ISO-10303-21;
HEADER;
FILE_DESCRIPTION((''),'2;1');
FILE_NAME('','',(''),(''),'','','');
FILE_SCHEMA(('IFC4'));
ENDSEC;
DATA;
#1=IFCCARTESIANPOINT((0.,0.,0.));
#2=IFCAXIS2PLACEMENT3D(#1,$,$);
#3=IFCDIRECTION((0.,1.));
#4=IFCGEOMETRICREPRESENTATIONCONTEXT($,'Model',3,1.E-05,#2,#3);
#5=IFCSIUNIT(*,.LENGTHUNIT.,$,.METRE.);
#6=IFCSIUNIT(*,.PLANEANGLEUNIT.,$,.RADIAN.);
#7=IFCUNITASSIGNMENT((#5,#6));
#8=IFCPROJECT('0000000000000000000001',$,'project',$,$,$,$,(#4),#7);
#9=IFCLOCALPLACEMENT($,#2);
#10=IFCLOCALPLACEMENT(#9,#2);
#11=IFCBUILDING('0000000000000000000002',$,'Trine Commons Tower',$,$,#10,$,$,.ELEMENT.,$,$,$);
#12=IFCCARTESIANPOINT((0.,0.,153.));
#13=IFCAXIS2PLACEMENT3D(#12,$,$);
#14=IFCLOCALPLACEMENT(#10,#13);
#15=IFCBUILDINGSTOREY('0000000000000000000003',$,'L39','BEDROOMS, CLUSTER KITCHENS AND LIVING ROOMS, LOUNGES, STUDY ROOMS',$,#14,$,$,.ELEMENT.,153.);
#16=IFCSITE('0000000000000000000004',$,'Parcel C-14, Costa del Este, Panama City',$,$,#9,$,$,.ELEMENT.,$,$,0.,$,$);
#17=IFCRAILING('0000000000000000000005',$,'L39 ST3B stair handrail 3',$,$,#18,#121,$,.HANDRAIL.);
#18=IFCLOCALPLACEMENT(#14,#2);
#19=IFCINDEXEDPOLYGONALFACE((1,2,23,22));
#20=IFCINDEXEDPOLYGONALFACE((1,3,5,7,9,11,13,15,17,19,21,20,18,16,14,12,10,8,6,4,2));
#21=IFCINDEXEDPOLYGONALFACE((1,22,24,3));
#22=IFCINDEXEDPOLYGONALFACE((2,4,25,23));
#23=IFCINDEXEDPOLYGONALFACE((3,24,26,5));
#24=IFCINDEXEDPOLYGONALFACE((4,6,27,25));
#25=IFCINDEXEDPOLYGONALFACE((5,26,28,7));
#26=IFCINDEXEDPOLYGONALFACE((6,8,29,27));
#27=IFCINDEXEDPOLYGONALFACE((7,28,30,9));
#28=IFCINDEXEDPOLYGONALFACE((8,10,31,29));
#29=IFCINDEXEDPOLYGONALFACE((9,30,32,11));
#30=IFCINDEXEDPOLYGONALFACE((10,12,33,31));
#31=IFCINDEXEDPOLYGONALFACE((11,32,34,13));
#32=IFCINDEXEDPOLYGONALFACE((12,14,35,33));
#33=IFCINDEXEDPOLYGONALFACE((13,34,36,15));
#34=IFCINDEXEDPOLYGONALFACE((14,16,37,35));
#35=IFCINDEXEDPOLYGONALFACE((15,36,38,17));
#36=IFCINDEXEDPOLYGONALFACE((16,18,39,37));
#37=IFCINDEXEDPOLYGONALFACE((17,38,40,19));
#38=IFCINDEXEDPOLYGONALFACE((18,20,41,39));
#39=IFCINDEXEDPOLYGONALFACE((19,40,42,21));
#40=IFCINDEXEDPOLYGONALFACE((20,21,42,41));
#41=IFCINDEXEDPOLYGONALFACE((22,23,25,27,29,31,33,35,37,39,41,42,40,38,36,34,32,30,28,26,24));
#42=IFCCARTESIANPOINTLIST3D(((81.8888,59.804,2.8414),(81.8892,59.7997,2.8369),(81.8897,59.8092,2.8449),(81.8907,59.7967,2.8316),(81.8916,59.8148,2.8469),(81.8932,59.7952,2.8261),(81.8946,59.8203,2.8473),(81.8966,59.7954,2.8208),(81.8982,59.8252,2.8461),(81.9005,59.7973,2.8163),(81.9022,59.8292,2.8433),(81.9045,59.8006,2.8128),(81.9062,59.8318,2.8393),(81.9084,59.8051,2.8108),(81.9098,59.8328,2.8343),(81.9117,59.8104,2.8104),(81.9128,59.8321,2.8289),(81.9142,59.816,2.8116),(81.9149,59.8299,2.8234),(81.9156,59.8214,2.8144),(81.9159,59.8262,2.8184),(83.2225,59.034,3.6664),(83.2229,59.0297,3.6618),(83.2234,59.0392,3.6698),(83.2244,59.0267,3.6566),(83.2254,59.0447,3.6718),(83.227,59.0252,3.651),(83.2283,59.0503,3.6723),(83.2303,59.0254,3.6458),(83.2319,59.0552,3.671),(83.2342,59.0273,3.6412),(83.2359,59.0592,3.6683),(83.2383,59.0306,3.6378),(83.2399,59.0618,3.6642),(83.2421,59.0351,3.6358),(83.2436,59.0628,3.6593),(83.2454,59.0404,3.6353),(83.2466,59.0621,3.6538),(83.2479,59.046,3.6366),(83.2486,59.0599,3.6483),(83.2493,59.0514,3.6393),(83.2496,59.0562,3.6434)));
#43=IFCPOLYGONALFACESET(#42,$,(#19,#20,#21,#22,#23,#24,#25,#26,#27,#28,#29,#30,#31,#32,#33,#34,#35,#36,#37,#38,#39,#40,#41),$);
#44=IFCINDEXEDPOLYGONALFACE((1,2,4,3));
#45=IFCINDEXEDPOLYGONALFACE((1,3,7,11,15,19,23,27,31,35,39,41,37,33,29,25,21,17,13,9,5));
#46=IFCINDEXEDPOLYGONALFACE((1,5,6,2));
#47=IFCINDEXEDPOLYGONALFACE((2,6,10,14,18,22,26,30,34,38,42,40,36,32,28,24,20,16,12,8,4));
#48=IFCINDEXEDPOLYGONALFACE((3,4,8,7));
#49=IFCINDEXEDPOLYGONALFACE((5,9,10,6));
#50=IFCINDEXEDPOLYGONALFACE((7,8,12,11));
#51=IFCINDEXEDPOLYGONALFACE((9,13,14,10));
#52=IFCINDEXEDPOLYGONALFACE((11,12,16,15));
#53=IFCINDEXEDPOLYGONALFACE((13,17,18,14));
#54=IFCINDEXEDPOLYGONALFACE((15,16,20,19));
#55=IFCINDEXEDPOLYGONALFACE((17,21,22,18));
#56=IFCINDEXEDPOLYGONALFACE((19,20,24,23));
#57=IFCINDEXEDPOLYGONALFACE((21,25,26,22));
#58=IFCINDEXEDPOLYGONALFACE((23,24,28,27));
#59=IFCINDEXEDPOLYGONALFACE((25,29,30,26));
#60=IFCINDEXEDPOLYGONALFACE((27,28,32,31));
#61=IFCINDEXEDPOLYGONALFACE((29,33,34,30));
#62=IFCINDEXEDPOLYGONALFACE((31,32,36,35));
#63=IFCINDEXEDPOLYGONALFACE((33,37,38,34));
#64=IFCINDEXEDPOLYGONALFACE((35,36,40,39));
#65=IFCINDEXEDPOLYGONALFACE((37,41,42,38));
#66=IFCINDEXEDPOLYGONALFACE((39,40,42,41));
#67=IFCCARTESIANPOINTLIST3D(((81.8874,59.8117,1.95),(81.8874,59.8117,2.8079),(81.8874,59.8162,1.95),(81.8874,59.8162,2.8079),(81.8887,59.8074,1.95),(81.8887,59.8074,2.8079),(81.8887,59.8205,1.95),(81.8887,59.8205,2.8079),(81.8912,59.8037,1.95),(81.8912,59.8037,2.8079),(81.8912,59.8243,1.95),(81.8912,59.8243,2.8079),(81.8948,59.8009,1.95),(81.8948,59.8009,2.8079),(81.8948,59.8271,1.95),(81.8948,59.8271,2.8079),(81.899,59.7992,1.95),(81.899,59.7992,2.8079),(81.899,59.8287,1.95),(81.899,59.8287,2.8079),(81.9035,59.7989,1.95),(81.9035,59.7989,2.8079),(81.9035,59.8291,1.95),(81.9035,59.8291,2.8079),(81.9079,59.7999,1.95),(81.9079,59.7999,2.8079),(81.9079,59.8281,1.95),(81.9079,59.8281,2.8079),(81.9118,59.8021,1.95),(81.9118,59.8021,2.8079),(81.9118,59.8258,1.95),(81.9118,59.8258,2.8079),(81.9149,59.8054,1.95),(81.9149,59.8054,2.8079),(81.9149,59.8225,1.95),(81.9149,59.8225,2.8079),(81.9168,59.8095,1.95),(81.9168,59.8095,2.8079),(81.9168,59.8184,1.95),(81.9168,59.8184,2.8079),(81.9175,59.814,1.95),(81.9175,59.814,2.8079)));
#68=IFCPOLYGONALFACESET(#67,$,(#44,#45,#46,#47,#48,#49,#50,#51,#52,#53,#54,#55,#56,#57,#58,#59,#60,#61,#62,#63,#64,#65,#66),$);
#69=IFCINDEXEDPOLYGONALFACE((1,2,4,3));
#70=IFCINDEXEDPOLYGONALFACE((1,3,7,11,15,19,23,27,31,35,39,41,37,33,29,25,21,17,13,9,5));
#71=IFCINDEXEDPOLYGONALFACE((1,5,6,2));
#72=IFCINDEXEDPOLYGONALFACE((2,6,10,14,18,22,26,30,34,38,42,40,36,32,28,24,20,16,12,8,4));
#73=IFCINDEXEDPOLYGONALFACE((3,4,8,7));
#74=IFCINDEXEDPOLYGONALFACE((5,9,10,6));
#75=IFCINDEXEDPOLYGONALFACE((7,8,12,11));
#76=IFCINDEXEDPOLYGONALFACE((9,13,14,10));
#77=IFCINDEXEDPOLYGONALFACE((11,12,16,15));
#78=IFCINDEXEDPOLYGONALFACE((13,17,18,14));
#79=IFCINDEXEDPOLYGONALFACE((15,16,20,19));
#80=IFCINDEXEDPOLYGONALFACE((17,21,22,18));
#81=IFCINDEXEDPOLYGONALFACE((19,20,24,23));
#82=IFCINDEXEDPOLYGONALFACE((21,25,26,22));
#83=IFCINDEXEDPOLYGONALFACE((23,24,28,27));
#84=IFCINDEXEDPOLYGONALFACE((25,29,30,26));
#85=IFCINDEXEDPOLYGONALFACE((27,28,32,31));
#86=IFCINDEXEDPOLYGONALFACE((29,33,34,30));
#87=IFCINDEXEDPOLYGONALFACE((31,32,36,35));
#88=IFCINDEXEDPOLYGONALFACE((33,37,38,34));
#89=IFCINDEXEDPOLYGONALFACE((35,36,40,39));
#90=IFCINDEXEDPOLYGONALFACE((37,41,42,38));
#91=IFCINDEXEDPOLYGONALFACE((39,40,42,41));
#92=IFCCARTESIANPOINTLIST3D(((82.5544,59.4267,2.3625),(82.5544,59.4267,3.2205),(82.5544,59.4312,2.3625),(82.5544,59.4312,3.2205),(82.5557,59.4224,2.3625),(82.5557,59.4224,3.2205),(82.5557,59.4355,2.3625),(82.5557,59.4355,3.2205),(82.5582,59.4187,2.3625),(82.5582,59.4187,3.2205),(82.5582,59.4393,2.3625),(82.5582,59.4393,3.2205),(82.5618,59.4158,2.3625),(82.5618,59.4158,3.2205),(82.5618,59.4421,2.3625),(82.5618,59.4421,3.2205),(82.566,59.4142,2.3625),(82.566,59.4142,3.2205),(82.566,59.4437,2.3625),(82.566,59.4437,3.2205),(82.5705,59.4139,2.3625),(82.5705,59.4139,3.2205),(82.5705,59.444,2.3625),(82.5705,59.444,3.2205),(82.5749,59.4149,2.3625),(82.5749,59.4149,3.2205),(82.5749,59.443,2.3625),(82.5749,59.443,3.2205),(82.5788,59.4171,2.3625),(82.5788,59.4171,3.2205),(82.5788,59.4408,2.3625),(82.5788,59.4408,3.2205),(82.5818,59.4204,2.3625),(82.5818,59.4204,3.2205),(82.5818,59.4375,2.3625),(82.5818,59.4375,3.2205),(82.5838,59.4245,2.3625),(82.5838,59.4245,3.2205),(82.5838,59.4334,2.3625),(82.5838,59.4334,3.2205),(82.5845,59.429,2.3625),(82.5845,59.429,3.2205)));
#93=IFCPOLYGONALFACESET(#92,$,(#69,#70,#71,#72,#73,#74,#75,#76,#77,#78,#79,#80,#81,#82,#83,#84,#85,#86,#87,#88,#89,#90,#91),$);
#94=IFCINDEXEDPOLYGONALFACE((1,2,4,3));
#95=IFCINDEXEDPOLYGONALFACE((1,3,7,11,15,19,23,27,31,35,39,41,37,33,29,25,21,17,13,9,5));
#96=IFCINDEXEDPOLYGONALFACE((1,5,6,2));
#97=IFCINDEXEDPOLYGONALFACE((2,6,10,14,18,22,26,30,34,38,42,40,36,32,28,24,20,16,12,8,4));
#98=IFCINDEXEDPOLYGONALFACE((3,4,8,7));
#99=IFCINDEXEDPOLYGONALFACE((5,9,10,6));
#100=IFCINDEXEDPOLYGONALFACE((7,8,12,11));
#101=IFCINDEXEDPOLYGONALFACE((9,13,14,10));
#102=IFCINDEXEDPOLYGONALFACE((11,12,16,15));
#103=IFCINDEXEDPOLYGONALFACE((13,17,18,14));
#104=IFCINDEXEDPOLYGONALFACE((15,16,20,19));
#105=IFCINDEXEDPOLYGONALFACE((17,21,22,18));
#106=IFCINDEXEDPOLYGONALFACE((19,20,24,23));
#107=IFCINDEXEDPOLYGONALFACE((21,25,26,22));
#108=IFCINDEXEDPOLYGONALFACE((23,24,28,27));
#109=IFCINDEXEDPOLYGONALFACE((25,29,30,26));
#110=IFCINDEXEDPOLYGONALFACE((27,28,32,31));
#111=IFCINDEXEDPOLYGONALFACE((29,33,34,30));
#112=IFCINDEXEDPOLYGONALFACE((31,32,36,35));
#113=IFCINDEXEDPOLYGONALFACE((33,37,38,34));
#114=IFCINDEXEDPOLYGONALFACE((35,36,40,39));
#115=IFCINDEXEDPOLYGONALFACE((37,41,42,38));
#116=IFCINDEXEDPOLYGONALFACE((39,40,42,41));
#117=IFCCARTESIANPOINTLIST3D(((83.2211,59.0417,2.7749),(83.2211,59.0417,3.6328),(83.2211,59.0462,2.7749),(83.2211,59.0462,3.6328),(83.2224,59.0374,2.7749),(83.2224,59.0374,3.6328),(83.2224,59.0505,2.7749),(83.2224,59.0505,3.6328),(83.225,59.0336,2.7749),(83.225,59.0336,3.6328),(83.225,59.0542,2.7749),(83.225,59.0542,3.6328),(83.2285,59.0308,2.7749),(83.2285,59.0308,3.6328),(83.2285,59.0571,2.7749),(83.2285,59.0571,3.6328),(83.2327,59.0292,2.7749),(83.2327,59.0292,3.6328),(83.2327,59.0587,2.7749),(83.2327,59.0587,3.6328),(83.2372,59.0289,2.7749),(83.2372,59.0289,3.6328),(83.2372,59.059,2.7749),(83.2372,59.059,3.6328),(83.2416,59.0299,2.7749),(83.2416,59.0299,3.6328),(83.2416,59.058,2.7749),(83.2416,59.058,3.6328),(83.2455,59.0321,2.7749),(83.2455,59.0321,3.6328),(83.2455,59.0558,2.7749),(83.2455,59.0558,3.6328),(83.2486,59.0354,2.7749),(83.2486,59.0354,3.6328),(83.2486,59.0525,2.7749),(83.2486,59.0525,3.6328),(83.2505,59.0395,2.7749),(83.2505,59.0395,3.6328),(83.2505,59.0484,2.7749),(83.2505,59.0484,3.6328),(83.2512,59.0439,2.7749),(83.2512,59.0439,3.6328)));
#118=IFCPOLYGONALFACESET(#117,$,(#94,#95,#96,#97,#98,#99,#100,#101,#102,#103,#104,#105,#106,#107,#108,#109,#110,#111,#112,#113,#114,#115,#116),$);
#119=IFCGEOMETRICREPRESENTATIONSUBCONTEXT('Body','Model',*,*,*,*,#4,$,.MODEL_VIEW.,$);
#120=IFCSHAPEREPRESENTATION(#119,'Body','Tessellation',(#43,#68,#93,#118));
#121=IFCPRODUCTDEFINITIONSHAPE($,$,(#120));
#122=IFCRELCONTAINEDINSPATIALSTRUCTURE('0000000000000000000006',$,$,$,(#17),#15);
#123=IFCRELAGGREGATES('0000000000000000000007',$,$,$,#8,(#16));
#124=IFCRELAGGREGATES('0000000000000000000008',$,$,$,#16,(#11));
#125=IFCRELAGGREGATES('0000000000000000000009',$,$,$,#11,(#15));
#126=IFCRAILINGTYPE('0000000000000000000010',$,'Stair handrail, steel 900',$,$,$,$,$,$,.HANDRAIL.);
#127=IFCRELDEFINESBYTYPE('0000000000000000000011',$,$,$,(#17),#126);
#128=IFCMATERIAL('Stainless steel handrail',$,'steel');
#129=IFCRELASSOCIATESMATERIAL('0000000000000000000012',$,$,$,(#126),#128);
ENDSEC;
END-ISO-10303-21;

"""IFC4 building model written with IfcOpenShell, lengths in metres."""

from ifc_helpers import new_model, si_unit, direction, frame, origin, origin_2d, place, context, subcontext, project, spatial, circle, extrude, material, type_object, element, save


model = new_model("IFC4")

# Units and contexts
model_context = context("Model", 3, precision=1e-05, world=origin(), true_north=direction((0.0, 1.0)))
body_context = subcontext(model_context, "Body", "Model", "MODEL_VIEW")
ifc_project = project(units=[si_unit("LENGTHUNIT", "METRE"), si_unit("PLANEANGLEUNIT", "RADIAN")], contexts=[model_context])

# Site, building, storey
site_placement = place(None, origin())
site = spatial("IfcSite", under=ifc_project, at=site_placement, Name="Parcel C-14, Costa del Este, Panama City", CompositionType="ELEMENT", RefElevation=0.0)
building_placement = place(site_placement, origin())
building = spatial("IfcBuilding", under=site, at=building_placement, Name="Trine Commons Tower", CompositionType="ELEMENT")
storey_placement = place(building_placement, frame((0.0, 0.0, 153.0)))
storey = spatial("IfcBuildingStorey", under=building, at=storey_placement, Name="L39", Description="BEDROOMS, CLUSTER KITCHENS AND LIVING ROOMS, LOUNGES, STUDY ROOMS", CompositionType="ELEMENT", Elevation=153.0)

# Railing
ifc_material_1 = material(Name="Stainless steel handrail", Category="steel")
railing_type_1 = type_object("IfcRailingType", Name="Stair handrail, steel 900", PredefinedType="HANDRAIL", material=ifc_material_1)
railing_1_placement = place(storey_placement, frame((81.9023, 59.814, 1.95)))
element("IfcRailing", 1, at=railing_1_placement, inside=storey, type_object=railing_type_1, Name="L39 ST3B stair handrail 3", PredefinedType="HANDRAIL", context=body_context, shape_type="SweptSolid", body=[
    extrude(circle(Radius=0.021, at=origin_2d()), frame((0.0, 0.0, 0.8789), z_axis=(0.763405, -0.440743, 0.472185), x_axis=(0.499992, 0.86603, 0.0)), (0.0, 0.0, 1.0), 1.7471),
    extrude(circle(Radius=0.0151, at=origin_2d()), origin(), (0.0, 0.0, 1.0), 0.8579),
    extrude(circle(Radius=0.0151, at=origin_2d()), frame((0.667, -0.385, 0.4126)), (0.0, 0.0, 1.0), 0.8579),
    extrude(circle(Radius=0.0151, at=origin_2d()), frame((1.3337, -0.77, 0.825)), (0.0, 0.0, 1.0), 0.8579),
])

save(model, "model.ifc")
